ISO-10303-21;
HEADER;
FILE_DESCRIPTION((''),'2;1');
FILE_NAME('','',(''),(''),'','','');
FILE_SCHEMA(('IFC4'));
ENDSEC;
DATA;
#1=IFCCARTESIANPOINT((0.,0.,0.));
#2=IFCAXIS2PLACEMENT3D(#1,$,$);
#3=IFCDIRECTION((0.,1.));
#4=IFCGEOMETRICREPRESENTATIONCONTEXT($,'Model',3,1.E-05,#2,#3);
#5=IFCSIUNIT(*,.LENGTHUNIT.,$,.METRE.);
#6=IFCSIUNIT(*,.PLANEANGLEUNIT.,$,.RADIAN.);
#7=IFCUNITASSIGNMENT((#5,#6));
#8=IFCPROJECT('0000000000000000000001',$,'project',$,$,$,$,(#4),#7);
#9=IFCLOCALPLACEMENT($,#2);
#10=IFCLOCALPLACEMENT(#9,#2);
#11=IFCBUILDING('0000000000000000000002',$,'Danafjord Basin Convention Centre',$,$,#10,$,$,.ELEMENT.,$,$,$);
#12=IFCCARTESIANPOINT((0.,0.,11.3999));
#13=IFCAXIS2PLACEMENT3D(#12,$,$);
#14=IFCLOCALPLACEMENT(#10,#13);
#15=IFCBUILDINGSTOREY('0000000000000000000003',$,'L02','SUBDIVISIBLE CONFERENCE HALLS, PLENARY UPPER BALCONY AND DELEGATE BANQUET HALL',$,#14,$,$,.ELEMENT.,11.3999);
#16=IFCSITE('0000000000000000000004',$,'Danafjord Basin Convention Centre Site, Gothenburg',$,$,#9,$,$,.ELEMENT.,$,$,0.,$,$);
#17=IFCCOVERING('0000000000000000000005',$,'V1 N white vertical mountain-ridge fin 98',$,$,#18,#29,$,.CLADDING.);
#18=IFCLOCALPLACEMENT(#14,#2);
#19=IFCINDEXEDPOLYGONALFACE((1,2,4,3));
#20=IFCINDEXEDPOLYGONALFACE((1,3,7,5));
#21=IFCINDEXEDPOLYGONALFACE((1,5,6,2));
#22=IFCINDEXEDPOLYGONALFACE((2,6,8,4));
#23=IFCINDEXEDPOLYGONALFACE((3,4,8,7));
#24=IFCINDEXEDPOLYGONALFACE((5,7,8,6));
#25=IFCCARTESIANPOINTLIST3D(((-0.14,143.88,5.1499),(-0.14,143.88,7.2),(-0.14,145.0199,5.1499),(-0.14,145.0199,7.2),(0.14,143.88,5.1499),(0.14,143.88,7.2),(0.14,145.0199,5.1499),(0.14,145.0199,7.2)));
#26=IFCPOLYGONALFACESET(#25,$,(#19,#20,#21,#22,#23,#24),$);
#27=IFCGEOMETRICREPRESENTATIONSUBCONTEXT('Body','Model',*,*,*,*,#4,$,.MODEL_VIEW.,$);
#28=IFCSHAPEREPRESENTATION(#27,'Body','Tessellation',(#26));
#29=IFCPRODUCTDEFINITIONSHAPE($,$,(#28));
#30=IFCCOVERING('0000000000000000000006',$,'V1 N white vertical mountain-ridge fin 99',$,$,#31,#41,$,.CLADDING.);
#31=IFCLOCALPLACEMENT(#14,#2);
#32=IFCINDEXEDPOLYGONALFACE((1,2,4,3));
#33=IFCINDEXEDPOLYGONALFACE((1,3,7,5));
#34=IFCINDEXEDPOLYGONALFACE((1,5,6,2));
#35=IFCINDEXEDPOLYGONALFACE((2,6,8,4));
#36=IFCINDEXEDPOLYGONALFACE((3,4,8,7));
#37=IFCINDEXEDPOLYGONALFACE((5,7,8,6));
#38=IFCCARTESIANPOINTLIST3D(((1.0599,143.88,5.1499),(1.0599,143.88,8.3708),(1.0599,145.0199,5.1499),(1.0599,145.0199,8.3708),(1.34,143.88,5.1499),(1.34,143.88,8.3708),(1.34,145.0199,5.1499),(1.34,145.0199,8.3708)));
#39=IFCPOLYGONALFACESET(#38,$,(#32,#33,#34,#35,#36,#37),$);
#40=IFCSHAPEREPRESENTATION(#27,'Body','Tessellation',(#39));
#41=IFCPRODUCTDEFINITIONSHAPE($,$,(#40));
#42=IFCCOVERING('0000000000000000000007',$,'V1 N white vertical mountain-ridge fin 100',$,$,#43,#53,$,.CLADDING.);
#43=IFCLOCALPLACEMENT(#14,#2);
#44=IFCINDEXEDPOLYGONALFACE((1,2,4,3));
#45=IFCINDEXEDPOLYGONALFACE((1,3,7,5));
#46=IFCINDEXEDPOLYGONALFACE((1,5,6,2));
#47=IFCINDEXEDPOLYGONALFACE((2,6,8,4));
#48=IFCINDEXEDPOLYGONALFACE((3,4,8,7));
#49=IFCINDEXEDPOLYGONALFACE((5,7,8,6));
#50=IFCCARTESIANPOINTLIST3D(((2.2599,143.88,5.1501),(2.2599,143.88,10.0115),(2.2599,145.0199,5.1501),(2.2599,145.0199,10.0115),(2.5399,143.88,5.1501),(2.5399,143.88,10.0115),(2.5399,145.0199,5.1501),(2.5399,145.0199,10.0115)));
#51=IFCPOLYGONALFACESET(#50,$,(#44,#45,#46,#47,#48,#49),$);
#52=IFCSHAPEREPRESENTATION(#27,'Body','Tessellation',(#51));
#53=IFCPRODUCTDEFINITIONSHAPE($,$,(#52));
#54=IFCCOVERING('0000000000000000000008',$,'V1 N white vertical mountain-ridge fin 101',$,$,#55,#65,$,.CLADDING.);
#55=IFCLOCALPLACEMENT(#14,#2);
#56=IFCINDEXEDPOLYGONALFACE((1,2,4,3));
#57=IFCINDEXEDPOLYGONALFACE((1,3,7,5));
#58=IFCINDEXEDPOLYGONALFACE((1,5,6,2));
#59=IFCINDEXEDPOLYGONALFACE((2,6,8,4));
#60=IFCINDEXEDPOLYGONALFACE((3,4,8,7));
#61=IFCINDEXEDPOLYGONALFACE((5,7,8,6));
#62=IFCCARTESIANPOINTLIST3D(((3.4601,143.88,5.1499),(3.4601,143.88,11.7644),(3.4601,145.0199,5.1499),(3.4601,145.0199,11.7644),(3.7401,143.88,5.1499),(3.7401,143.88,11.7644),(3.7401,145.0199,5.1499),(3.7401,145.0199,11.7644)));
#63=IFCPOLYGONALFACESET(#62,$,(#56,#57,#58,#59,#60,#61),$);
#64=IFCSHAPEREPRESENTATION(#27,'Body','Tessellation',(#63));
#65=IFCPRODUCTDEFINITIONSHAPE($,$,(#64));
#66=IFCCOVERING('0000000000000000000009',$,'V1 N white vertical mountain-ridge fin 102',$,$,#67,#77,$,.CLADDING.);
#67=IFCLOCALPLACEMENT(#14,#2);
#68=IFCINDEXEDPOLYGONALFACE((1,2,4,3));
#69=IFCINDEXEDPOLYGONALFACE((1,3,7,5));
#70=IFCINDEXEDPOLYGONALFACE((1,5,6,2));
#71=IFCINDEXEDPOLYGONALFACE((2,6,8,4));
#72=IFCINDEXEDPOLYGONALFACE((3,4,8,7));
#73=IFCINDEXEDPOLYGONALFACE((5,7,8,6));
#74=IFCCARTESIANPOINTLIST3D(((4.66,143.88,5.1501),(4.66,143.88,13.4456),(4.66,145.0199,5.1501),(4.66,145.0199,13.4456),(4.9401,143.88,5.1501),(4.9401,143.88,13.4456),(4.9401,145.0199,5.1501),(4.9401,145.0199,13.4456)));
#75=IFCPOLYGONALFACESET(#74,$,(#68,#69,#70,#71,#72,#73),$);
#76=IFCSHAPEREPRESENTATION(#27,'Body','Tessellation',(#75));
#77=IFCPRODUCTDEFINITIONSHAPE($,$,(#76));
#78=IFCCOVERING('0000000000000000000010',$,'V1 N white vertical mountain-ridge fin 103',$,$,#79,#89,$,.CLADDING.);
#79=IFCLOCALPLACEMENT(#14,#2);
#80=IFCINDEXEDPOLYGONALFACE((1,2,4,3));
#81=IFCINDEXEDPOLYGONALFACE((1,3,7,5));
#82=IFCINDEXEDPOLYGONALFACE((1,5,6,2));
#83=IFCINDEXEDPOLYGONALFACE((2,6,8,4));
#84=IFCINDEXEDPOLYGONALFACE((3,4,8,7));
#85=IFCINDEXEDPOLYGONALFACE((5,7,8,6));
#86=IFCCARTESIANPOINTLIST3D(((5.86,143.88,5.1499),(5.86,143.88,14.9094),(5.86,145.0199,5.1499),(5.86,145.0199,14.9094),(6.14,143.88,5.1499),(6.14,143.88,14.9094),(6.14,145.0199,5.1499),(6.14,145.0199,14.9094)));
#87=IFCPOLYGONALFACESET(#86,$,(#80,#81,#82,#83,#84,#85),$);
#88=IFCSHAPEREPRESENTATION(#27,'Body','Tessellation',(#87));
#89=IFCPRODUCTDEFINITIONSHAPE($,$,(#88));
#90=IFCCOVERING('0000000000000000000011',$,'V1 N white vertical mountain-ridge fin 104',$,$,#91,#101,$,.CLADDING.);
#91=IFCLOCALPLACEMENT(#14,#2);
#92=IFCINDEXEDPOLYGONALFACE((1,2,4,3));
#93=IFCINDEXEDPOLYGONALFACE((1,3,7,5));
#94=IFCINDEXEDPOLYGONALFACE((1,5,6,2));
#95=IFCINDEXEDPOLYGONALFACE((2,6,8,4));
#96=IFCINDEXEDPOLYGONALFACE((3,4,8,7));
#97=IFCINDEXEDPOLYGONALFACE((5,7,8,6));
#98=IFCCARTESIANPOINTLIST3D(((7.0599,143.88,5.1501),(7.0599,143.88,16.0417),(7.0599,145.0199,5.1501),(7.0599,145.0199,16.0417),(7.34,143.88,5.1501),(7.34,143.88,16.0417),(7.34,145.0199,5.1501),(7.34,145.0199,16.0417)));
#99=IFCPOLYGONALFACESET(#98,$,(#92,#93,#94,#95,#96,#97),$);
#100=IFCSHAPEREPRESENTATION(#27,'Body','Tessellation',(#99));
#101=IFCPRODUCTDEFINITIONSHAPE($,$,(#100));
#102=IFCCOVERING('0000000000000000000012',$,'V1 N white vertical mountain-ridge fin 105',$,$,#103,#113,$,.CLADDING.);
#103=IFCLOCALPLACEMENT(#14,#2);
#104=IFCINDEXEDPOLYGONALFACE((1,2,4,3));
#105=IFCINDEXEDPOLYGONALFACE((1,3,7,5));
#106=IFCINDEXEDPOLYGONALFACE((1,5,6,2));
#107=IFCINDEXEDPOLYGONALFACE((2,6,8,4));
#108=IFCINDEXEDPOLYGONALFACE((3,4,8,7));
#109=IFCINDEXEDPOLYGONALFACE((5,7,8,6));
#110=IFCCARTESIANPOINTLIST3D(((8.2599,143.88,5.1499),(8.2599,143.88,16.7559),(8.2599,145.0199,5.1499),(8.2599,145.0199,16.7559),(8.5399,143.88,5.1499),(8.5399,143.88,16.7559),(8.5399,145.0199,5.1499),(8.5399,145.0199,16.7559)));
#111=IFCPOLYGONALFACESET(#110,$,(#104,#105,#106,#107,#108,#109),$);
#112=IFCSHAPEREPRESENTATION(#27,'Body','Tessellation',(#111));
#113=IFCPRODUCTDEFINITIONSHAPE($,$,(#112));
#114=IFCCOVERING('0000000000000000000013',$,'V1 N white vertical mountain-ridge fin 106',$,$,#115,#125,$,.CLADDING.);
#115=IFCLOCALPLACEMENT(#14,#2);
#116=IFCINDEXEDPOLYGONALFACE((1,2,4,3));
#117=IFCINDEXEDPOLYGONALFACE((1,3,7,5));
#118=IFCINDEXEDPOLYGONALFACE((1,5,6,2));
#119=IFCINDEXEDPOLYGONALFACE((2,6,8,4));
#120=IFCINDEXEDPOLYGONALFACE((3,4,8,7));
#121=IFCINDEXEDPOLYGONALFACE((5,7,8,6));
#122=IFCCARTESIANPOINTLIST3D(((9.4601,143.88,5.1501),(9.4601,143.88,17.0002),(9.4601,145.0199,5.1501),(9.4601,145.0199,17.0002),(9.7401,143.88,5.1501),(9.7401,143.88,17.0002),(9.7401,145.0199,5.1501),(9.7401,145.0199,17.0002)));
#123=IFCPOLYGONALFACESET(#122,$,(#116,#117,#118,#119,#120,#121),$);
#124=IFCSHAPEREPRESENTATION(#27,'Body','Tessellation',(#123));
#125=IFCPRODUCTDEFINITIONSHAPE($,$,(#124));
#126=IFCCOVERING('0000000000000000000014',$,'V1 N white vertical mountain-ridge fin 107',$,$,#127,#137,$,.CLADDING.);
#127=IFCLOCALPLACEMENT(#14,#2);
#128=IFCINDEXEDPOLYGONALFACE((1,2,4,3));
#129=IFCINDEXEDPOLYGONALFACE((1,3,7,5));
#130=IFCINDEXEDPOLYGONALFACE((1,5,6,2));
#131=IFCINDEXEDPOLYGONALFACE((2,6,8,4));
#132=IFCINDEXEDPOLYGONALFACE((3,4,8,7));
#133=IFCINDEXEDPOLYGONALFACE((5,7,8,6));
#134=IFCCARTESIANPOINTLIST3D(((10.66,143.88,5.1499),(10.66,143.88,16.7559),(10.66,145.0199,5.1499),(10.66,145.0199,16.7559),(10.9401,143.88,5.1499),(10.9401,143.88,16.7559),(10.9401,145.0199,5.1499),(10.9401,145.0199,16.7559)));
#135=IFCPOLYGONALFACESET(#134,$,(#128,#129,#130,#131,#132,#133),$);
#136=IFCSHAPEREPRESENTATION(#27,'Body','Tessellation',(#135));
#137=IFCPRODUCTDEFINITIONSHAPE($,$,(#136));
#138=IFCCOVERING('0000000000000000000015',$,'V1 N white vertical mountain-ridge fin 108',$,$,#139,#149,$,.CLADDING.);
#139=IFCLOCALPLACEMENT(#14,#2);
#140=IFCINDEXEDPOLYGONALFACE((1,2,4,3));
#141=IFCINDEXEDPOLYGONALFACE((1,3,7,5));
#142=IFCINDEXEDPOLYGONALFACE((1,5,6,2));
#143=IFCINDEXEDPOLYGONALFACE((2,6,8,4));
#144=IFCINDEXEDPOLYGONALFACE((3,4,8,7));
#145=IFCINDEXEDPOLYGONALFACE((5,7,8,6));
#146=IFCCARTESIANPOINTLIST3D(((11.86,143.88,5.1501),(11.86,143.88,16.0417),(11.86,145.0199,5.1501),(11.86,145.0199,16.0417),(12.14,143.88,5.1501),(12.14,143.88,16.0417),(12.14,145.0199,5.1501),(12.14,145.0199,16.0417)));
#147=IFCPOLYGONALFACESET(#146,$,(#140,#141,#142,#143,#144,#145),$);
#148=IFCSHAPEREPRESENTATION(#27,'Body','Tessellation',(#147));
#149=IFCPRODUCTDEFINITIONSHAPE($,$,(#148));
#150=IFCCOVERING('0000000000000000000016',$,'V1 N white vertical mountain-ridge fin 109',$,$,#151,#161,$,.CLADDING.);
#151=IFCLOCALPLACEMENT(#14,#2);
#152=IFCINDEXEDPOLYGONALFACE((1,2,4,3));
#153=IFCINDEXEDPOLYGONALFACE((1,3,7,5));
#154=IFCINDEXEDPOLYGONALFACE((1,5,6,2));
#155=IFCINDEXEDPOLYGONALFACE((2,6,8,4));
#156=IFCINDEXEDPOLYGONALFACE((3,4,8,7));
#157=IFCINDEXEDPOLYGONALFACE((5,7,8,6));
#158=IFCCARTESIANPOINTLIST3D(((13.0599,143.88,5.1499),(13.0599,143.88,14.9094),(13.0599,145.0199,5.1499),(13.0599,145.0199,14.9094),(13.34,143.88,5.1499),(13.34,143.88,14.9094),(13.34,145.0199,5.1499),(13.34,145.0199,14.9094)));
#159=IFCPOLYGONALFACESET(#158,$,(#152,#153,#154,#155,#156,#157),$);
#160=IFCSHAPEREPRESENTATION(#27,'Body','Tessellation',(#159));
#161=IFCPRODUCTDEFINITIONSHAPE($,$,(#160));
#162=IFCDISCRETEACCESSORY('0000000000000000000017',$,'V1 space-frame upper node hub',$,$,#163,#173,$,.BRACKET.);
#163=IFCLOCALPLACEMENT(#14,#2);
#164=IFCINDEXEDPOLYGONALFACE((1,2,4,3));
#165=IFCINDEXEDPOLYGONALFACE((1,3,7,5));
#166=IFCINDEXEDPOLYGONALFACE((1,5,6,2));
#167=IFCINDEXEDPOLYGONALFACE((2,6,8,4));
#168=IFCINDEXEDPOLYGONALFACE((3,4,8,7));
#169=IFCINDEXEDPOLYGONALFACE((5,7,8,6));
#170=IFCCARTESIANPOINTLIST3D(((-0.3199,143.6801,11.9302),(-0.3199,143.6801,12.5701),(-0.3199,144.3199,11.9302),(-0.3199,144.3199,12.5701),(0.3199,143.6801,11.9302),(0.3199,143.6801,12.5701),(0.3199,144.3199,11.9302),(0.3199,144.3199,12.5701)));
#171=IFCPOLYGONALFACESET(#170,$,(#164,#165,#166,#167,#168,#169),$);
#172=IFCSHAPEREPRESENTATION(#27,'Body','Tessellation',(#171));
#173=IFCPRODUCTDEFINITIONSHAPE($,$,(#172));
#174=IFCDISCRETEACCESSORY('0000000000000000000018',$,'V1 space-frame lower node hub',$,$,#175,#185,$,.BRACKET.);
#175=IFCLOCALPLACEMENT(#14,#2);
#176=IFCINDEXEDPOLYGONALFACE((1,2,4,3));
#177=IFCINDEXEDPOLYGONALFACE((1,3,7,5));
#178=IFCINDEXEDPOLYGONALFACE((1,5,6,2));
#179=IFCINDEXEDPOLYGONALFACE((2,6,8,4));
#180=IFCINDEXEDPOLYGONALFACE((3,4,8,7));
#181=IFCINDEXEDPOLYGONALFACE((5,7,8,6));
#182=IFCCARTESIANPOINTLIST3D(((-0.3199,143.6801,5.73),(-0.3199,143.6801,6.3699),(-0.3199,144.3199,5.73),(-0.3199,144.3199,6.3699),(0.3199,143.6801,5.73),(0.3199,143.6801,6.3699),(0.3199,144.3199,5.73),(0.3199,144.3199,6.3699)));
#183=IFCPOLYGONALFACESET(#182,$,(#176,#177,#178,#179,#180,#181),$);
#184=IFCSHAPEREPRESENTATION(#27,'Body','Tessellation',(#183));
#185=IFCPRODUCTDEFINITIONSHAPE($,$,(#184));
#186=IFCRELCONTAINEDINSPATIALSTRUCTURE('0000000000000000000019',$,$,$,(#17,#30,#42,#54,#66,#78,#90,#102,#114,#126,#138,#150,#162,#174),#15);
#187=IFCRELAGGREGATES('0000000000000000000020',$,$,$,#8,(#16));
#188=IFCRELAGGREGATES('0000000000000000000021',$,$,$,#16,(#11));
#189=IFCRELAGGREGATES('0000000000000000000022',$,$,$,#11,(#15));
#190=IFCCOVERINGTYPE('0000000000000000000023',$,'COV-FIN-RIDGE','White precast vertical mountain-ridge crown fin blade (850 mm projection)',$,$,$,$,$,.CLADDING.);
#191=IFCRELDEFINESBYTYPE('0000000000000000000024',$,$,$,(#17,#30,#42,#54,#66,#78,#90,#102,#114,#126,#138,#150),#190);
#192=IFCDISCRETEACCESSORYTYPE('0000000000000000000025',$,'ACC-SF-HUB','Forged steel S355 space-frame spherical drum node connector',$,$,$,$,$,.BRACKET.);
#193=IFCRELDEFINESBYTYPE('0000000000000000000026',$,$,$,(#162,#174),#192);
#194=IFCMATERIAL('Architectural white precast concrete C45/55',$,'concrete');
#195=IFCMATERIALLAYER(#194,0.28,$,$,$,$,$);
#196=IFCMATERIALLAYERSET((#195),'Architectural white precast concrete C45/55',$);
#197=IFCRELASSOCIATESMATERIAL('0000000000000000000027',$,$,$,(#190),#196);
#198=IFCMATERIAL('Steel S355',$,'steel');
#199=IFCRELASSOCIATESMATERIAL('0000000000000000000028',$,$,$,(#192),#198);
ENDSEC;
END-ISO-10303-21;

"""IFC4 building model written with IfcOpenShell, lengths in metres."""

from ifc_helpers import new_model, si_unit, direction, frame, origin, origin_2d, place, context, subcontext, project, spatial, rectangle, extrude, material, layer, layer_set, type_object, element, save


model = new_model("IFC4")

# Units and contexts
model_context = context("Model", 3, precision=1e-05, world=origin(), true_north=direction((0.0, 1.0)))
body_context = subcontext(model_context, "Body", "Model", "MODEL_VIEW")
ifc_project = project(units=[si_unit("LENGTHUNIT", "METRE"), si_unit("PLANEANGLEUNIT", "RADIAN")], contexts=[model_context])

# Site, building, storey
site_placement = place(None, origin())
site = spatial("IfcSite", under=ifc_project, at=site_placement, Name="Danafjord Basin Convention Centre Site, Gothenburg", CompositionType="ELEMENT", RefElevation=0.0)
building_placement = place(site_placement, origin())
building = spatial("IfcBuilding", under=site, at=building_placement, Name="Danafjord Basin Convention Centre", CompositionType="ELEMENT")
storey_placement = place(building_placement, frame((0.0, 0.0, 11.3999)))
storey = spatial("IfcBuildingStorey", under=building, at=storey_placement, Name="L02", Description="SUBDIVISIBLE CONFERENCE HALLS, PLENARY UPPER BALCONY AND DELEGATE BANQUET HALL", CompositionType="ELEMENT", Elevation=11.3999)

# Shared definitions
ifc_material_1 = material(Name="Steel S355", Category="steel")

# Coverings
ifc_material_2 = material(Name="Architectural white precast concrete C45/55", Category="concrete")
ifc_layer_1 = layer(ifc_material_2, 0.28)
ifc_layer_set_1 = layer_set([ifc_layer_1], Name="Architectural white precast concrete C45/55")
covering_type = type_object("IfcCoveringType", Name="COV-FIN-RIDGE", Description="White precast vertical mountain-ridge crown fin blade (850 mm projection)", PredefinedType="CLADDING", material=ifc_layer_set_1)
covering_1_placement = place(storey_placement, frame((0.0, 144.45, 5.1499), z_axis=(0.0, 0.0, 1.0), x_axis=(0.0, 1.0, 0.0)))
element("IfcCovering", 1, at=covering_1_placement, inside=storey, type_object=covering_type, Name="V1 N white vertical mountain-ridge fin 98", PredefinedType="CLADDING", context=body_context, shape_type="SweptSolid", body=[
    extrude(rectangle(XDim=1.1399, YDim=0.28, at=origin_2d()), origin(), (0.0, 0.0, 1.0), 2.05),
])
covering_2_placement = place(storey_placement, frame((1.2, 144.45, 5.1499), z_axis=(0.0, 0.0, 1.0), x_axis=(0.0, 1.0, 0.0)))
element("IfcCovering", 2, at=covering_2_placement, inside=storey, type_object=covering_type, Name="V1 N white vertical mountain-ridge fin 99", PredefinedType="CLADDING", context=body_context, shape_type="SweptSolid", body=[
    extrude(rectangle(XDim=1.1399, YDim=0.28, at=origin_2d()), origin(), (0.0, 0.0, 1.0), 3.2209),
])
covering_3_placement = place(storey_placement, frame((2.3999, 144.45, 5.1501), z_axis=(0.0, 0.0, 1.0), x_axis=(0.0, 1.0, 0.0)))
element("IfcCovering", 3, at=covering_3_placement, inside=storey, type_object=covering_type, Name="V1 N white vertical mountain-ridge fin 100", PredefinedType="CLADDING", context=body_context, shape_type="SweptSolid", body=[
    extrude(rectangle(XDim=1.1399, YDim=0.28, at=origin_2d()), origin(), (0.0, 0.0, 1.0), 4.8613),
])
covering_4_placement = place(storey_placement, frame((3.6001, 144.45, 5.1499), z_axis=(0.0, 0.0, 1.0), x_axis=(0.0, 1.0, 0.0)))
element("IfcCovering", 4, at=covering_4_placement, inside=storey, type_object=covering_type, Name="V1 N white vertical mountain-ridge fin 101", PredefinedType="CLADDING", context=body_context, shape_type="SweptSolid", body=[
    extrude(rectangle(XDim=1.1399, YDim=0.28, at=origin_2d()), origin(), (0.0, 0.0, 1.0), 6.6145),
])
covering_5_placement = place(storey_placement, frame((4.8, 144.45, 5.1501), z_axis=(0.0, 0.0, 1.0), x_axis=(0.0, 1.0, 0.0)))
element("IfcCovering", 5, at=covering_5_placement, inside=storey, type_object=covering_type, Name="V1 N white vertical mountain-ridge fin 102", PredefinedType="CLADDING", context=body_context, shape_type="SweptSolid", body=[
    extrude(rectangle(XDim=1.1399, YDim=0.28, at=origin_2d()), origin(), (0.0, 0.0, 1.0), 8.2954),
])
covering_6_placement = place(storey_placement, frame((6.0, 144.45, 5.1499), z_axis=(0.0, 0.0, 1.0), x_axis=(0.0, 1.0, 0.0)))
element("IfcCovering", 6, at=covering_6_placement, inside=storey, type_object=covering_type, Name="V1 N white vertical mountain-ridge fin 103", PredefinedType="CLADDING", context=body_context, shape_type="SweptSolid", body=[
    extrude(rectangle(XDim=1.1399, YDim=0.28, at=origin_2d()), origin(), (0.0, 0.0, 1.0), 9.7595),
])
covering_7_placement = place(storey_placement, frame((7.2, 144.45, 5.1501), z_axis=(0.0, 0.0, 1.0), x_axis=(0.0, 1.0, 0.0)))
element("IfcCovering", 7, at=covering_7_placement, inside=storey, type_object=covering_type, Name="V1 N white vertical mountain-ridge fin 104", PredefinedType="CLADDING", context=body_context, shape_type="SweptSolid", body=[
    extrude(rectangle(XDim=1.1399, YDim=0.28, at=origin_2d()), origin(), (0.0, 0.0, 1.0), 10.8916),
])
covering_8_placement = place(storey_placement, frame((8.3999, 144.45, 5.1499), z_axis=(0.0, 0.0, 1.0), x_axis=(0.0, 1.0, 0.0)))
element("IfcCovering", 8, at=covering_8_placement, inside=storey, type_object=covering_type, Name="V1 N white vertical mountain-ridge fin 105", PredefinedType="CLADDING", context=body_context, shape_type="SweptSolid", body=[
    extrude(rectangle(XDim=1.1399, YDim=0.28, at=origin_2d()), origin(), (0.0, 0.0, 1.0), 11.606),
])
covering_9_placement = place(storey_placement, frame((9.6001, 144.45, 5.1501), z_axis=(0.0, 0.0, 1.0), x_axis=(0.0, 1.0, 0.0)))
element("IfcCovering", 9, at=covering_9_placement, inside=storey, type_object=covering_type, Name="V1 N white vertical mountain-ridge fin 106", PredefinedType="CLADDING", context=body_context, shape_type="SweptSolid", body=[
    extrude(rectangle(XDim=1.1399, YDim=0.28, at=origin_2d()), origin(), (0.0, 0.0, 1.0), 11.8501),
])
covering_10_placement = place(storey_placement, frame((10.8, 144.45, 5.1499), z_axis=(0.0, 0.0, 1.0), x_axis=(0.0, 1.0, 0.0)))
element("IfcCovering", 10, at=covering_10_placement, inside=storey, type_object=covering_type, Name="V1 N white vertical mountain-ridge fin 107", PredefinedType="CLADDING", context=body_context, shape_type="SweptSolid", body=[
    extrude(rectangle(XDim=1.1399, YDim=0.28, at=origin_2d()), origin(), (0.0, 0.0, 1.0), 11.606),
])
covering_11_placement = place(storey_placement, frame((12.0, 144.45, 5.1501), z_axis=(0.0, 0.0, 1.0), x_axis=(0.0, 1.0, 0.0)))
element("IfcCovering", 11, at=covering_11_placement, inside=storey, type_object=covering_type, Name="V1 N white vertical mountain-ridge fin 108", PredefinedType="CLADDING", context=body_context, shape_type="SweptSolid", body=[
    extrude(rectangle(XDim=1.1399, YDim=0.28, at=origin_2d()), origin(), (0.0, 0.0, 1.0), 10.8916),
])
covering_12_placement = place(storey_placement, frame((13.2, 144.45, 5.1499), z_axis=(0.0, 0.0, 1.0), x_axis=(0.0, 1.0, 0.0)))
element("IfcCovering", 12, at=covering_12_placement, inside=storey, type_object=covering_type, Name="V1 N white vertical mountain-ridge fin 109", PredefinedType="CLADDING", context=body_context, shape_type="SweptSolid", body=[
    extrude(rectangle(XDim=1.1399, YDim=0.28, at=origin_2d()), origin(), (0.0, 0.0, 1.0), 9.7595),
])

# Discrete accessories
discrete_accessory_type = type_object("IfcDiscreteAccessoryType", Name="ACC-SF-HUB", Description="Forged steel S355 space-frame spherical drum node connector", PredefinedType="BRACKET", material=ifc_material_1)
for number, where, z_axis, x_axis, name in (
    (13, (0.0, 144.0, 11.9302), (0.0, 0.0, 1.0), (1.0, 0.0, 0.0), "V1 space-frame upper node hub"),
    (14, (0.0, 144.0, 5.73), (0.0, 0.0, 1.0), (1.0, 0.0, 0.0), "V1 space-frame lower node hub"),
):
    element("IfcDiscreteAccessory", number, at=place(storey_placement, frame(where, z_axis=z_axis, x_axis=x_axis)), inside=storey, type_object=discrete_accessory_type, Name=name, PredefinedType="BRACKET", context=body_context, shape_type="SweptSolid", body=[
        extrude(rectangle(XDim=0.6399, YDim=0.6399, at=origin_2d()), origin(), (0.0, 0.0, 1.0), 0.6399),
    ])

save(model, "model.ifc")
